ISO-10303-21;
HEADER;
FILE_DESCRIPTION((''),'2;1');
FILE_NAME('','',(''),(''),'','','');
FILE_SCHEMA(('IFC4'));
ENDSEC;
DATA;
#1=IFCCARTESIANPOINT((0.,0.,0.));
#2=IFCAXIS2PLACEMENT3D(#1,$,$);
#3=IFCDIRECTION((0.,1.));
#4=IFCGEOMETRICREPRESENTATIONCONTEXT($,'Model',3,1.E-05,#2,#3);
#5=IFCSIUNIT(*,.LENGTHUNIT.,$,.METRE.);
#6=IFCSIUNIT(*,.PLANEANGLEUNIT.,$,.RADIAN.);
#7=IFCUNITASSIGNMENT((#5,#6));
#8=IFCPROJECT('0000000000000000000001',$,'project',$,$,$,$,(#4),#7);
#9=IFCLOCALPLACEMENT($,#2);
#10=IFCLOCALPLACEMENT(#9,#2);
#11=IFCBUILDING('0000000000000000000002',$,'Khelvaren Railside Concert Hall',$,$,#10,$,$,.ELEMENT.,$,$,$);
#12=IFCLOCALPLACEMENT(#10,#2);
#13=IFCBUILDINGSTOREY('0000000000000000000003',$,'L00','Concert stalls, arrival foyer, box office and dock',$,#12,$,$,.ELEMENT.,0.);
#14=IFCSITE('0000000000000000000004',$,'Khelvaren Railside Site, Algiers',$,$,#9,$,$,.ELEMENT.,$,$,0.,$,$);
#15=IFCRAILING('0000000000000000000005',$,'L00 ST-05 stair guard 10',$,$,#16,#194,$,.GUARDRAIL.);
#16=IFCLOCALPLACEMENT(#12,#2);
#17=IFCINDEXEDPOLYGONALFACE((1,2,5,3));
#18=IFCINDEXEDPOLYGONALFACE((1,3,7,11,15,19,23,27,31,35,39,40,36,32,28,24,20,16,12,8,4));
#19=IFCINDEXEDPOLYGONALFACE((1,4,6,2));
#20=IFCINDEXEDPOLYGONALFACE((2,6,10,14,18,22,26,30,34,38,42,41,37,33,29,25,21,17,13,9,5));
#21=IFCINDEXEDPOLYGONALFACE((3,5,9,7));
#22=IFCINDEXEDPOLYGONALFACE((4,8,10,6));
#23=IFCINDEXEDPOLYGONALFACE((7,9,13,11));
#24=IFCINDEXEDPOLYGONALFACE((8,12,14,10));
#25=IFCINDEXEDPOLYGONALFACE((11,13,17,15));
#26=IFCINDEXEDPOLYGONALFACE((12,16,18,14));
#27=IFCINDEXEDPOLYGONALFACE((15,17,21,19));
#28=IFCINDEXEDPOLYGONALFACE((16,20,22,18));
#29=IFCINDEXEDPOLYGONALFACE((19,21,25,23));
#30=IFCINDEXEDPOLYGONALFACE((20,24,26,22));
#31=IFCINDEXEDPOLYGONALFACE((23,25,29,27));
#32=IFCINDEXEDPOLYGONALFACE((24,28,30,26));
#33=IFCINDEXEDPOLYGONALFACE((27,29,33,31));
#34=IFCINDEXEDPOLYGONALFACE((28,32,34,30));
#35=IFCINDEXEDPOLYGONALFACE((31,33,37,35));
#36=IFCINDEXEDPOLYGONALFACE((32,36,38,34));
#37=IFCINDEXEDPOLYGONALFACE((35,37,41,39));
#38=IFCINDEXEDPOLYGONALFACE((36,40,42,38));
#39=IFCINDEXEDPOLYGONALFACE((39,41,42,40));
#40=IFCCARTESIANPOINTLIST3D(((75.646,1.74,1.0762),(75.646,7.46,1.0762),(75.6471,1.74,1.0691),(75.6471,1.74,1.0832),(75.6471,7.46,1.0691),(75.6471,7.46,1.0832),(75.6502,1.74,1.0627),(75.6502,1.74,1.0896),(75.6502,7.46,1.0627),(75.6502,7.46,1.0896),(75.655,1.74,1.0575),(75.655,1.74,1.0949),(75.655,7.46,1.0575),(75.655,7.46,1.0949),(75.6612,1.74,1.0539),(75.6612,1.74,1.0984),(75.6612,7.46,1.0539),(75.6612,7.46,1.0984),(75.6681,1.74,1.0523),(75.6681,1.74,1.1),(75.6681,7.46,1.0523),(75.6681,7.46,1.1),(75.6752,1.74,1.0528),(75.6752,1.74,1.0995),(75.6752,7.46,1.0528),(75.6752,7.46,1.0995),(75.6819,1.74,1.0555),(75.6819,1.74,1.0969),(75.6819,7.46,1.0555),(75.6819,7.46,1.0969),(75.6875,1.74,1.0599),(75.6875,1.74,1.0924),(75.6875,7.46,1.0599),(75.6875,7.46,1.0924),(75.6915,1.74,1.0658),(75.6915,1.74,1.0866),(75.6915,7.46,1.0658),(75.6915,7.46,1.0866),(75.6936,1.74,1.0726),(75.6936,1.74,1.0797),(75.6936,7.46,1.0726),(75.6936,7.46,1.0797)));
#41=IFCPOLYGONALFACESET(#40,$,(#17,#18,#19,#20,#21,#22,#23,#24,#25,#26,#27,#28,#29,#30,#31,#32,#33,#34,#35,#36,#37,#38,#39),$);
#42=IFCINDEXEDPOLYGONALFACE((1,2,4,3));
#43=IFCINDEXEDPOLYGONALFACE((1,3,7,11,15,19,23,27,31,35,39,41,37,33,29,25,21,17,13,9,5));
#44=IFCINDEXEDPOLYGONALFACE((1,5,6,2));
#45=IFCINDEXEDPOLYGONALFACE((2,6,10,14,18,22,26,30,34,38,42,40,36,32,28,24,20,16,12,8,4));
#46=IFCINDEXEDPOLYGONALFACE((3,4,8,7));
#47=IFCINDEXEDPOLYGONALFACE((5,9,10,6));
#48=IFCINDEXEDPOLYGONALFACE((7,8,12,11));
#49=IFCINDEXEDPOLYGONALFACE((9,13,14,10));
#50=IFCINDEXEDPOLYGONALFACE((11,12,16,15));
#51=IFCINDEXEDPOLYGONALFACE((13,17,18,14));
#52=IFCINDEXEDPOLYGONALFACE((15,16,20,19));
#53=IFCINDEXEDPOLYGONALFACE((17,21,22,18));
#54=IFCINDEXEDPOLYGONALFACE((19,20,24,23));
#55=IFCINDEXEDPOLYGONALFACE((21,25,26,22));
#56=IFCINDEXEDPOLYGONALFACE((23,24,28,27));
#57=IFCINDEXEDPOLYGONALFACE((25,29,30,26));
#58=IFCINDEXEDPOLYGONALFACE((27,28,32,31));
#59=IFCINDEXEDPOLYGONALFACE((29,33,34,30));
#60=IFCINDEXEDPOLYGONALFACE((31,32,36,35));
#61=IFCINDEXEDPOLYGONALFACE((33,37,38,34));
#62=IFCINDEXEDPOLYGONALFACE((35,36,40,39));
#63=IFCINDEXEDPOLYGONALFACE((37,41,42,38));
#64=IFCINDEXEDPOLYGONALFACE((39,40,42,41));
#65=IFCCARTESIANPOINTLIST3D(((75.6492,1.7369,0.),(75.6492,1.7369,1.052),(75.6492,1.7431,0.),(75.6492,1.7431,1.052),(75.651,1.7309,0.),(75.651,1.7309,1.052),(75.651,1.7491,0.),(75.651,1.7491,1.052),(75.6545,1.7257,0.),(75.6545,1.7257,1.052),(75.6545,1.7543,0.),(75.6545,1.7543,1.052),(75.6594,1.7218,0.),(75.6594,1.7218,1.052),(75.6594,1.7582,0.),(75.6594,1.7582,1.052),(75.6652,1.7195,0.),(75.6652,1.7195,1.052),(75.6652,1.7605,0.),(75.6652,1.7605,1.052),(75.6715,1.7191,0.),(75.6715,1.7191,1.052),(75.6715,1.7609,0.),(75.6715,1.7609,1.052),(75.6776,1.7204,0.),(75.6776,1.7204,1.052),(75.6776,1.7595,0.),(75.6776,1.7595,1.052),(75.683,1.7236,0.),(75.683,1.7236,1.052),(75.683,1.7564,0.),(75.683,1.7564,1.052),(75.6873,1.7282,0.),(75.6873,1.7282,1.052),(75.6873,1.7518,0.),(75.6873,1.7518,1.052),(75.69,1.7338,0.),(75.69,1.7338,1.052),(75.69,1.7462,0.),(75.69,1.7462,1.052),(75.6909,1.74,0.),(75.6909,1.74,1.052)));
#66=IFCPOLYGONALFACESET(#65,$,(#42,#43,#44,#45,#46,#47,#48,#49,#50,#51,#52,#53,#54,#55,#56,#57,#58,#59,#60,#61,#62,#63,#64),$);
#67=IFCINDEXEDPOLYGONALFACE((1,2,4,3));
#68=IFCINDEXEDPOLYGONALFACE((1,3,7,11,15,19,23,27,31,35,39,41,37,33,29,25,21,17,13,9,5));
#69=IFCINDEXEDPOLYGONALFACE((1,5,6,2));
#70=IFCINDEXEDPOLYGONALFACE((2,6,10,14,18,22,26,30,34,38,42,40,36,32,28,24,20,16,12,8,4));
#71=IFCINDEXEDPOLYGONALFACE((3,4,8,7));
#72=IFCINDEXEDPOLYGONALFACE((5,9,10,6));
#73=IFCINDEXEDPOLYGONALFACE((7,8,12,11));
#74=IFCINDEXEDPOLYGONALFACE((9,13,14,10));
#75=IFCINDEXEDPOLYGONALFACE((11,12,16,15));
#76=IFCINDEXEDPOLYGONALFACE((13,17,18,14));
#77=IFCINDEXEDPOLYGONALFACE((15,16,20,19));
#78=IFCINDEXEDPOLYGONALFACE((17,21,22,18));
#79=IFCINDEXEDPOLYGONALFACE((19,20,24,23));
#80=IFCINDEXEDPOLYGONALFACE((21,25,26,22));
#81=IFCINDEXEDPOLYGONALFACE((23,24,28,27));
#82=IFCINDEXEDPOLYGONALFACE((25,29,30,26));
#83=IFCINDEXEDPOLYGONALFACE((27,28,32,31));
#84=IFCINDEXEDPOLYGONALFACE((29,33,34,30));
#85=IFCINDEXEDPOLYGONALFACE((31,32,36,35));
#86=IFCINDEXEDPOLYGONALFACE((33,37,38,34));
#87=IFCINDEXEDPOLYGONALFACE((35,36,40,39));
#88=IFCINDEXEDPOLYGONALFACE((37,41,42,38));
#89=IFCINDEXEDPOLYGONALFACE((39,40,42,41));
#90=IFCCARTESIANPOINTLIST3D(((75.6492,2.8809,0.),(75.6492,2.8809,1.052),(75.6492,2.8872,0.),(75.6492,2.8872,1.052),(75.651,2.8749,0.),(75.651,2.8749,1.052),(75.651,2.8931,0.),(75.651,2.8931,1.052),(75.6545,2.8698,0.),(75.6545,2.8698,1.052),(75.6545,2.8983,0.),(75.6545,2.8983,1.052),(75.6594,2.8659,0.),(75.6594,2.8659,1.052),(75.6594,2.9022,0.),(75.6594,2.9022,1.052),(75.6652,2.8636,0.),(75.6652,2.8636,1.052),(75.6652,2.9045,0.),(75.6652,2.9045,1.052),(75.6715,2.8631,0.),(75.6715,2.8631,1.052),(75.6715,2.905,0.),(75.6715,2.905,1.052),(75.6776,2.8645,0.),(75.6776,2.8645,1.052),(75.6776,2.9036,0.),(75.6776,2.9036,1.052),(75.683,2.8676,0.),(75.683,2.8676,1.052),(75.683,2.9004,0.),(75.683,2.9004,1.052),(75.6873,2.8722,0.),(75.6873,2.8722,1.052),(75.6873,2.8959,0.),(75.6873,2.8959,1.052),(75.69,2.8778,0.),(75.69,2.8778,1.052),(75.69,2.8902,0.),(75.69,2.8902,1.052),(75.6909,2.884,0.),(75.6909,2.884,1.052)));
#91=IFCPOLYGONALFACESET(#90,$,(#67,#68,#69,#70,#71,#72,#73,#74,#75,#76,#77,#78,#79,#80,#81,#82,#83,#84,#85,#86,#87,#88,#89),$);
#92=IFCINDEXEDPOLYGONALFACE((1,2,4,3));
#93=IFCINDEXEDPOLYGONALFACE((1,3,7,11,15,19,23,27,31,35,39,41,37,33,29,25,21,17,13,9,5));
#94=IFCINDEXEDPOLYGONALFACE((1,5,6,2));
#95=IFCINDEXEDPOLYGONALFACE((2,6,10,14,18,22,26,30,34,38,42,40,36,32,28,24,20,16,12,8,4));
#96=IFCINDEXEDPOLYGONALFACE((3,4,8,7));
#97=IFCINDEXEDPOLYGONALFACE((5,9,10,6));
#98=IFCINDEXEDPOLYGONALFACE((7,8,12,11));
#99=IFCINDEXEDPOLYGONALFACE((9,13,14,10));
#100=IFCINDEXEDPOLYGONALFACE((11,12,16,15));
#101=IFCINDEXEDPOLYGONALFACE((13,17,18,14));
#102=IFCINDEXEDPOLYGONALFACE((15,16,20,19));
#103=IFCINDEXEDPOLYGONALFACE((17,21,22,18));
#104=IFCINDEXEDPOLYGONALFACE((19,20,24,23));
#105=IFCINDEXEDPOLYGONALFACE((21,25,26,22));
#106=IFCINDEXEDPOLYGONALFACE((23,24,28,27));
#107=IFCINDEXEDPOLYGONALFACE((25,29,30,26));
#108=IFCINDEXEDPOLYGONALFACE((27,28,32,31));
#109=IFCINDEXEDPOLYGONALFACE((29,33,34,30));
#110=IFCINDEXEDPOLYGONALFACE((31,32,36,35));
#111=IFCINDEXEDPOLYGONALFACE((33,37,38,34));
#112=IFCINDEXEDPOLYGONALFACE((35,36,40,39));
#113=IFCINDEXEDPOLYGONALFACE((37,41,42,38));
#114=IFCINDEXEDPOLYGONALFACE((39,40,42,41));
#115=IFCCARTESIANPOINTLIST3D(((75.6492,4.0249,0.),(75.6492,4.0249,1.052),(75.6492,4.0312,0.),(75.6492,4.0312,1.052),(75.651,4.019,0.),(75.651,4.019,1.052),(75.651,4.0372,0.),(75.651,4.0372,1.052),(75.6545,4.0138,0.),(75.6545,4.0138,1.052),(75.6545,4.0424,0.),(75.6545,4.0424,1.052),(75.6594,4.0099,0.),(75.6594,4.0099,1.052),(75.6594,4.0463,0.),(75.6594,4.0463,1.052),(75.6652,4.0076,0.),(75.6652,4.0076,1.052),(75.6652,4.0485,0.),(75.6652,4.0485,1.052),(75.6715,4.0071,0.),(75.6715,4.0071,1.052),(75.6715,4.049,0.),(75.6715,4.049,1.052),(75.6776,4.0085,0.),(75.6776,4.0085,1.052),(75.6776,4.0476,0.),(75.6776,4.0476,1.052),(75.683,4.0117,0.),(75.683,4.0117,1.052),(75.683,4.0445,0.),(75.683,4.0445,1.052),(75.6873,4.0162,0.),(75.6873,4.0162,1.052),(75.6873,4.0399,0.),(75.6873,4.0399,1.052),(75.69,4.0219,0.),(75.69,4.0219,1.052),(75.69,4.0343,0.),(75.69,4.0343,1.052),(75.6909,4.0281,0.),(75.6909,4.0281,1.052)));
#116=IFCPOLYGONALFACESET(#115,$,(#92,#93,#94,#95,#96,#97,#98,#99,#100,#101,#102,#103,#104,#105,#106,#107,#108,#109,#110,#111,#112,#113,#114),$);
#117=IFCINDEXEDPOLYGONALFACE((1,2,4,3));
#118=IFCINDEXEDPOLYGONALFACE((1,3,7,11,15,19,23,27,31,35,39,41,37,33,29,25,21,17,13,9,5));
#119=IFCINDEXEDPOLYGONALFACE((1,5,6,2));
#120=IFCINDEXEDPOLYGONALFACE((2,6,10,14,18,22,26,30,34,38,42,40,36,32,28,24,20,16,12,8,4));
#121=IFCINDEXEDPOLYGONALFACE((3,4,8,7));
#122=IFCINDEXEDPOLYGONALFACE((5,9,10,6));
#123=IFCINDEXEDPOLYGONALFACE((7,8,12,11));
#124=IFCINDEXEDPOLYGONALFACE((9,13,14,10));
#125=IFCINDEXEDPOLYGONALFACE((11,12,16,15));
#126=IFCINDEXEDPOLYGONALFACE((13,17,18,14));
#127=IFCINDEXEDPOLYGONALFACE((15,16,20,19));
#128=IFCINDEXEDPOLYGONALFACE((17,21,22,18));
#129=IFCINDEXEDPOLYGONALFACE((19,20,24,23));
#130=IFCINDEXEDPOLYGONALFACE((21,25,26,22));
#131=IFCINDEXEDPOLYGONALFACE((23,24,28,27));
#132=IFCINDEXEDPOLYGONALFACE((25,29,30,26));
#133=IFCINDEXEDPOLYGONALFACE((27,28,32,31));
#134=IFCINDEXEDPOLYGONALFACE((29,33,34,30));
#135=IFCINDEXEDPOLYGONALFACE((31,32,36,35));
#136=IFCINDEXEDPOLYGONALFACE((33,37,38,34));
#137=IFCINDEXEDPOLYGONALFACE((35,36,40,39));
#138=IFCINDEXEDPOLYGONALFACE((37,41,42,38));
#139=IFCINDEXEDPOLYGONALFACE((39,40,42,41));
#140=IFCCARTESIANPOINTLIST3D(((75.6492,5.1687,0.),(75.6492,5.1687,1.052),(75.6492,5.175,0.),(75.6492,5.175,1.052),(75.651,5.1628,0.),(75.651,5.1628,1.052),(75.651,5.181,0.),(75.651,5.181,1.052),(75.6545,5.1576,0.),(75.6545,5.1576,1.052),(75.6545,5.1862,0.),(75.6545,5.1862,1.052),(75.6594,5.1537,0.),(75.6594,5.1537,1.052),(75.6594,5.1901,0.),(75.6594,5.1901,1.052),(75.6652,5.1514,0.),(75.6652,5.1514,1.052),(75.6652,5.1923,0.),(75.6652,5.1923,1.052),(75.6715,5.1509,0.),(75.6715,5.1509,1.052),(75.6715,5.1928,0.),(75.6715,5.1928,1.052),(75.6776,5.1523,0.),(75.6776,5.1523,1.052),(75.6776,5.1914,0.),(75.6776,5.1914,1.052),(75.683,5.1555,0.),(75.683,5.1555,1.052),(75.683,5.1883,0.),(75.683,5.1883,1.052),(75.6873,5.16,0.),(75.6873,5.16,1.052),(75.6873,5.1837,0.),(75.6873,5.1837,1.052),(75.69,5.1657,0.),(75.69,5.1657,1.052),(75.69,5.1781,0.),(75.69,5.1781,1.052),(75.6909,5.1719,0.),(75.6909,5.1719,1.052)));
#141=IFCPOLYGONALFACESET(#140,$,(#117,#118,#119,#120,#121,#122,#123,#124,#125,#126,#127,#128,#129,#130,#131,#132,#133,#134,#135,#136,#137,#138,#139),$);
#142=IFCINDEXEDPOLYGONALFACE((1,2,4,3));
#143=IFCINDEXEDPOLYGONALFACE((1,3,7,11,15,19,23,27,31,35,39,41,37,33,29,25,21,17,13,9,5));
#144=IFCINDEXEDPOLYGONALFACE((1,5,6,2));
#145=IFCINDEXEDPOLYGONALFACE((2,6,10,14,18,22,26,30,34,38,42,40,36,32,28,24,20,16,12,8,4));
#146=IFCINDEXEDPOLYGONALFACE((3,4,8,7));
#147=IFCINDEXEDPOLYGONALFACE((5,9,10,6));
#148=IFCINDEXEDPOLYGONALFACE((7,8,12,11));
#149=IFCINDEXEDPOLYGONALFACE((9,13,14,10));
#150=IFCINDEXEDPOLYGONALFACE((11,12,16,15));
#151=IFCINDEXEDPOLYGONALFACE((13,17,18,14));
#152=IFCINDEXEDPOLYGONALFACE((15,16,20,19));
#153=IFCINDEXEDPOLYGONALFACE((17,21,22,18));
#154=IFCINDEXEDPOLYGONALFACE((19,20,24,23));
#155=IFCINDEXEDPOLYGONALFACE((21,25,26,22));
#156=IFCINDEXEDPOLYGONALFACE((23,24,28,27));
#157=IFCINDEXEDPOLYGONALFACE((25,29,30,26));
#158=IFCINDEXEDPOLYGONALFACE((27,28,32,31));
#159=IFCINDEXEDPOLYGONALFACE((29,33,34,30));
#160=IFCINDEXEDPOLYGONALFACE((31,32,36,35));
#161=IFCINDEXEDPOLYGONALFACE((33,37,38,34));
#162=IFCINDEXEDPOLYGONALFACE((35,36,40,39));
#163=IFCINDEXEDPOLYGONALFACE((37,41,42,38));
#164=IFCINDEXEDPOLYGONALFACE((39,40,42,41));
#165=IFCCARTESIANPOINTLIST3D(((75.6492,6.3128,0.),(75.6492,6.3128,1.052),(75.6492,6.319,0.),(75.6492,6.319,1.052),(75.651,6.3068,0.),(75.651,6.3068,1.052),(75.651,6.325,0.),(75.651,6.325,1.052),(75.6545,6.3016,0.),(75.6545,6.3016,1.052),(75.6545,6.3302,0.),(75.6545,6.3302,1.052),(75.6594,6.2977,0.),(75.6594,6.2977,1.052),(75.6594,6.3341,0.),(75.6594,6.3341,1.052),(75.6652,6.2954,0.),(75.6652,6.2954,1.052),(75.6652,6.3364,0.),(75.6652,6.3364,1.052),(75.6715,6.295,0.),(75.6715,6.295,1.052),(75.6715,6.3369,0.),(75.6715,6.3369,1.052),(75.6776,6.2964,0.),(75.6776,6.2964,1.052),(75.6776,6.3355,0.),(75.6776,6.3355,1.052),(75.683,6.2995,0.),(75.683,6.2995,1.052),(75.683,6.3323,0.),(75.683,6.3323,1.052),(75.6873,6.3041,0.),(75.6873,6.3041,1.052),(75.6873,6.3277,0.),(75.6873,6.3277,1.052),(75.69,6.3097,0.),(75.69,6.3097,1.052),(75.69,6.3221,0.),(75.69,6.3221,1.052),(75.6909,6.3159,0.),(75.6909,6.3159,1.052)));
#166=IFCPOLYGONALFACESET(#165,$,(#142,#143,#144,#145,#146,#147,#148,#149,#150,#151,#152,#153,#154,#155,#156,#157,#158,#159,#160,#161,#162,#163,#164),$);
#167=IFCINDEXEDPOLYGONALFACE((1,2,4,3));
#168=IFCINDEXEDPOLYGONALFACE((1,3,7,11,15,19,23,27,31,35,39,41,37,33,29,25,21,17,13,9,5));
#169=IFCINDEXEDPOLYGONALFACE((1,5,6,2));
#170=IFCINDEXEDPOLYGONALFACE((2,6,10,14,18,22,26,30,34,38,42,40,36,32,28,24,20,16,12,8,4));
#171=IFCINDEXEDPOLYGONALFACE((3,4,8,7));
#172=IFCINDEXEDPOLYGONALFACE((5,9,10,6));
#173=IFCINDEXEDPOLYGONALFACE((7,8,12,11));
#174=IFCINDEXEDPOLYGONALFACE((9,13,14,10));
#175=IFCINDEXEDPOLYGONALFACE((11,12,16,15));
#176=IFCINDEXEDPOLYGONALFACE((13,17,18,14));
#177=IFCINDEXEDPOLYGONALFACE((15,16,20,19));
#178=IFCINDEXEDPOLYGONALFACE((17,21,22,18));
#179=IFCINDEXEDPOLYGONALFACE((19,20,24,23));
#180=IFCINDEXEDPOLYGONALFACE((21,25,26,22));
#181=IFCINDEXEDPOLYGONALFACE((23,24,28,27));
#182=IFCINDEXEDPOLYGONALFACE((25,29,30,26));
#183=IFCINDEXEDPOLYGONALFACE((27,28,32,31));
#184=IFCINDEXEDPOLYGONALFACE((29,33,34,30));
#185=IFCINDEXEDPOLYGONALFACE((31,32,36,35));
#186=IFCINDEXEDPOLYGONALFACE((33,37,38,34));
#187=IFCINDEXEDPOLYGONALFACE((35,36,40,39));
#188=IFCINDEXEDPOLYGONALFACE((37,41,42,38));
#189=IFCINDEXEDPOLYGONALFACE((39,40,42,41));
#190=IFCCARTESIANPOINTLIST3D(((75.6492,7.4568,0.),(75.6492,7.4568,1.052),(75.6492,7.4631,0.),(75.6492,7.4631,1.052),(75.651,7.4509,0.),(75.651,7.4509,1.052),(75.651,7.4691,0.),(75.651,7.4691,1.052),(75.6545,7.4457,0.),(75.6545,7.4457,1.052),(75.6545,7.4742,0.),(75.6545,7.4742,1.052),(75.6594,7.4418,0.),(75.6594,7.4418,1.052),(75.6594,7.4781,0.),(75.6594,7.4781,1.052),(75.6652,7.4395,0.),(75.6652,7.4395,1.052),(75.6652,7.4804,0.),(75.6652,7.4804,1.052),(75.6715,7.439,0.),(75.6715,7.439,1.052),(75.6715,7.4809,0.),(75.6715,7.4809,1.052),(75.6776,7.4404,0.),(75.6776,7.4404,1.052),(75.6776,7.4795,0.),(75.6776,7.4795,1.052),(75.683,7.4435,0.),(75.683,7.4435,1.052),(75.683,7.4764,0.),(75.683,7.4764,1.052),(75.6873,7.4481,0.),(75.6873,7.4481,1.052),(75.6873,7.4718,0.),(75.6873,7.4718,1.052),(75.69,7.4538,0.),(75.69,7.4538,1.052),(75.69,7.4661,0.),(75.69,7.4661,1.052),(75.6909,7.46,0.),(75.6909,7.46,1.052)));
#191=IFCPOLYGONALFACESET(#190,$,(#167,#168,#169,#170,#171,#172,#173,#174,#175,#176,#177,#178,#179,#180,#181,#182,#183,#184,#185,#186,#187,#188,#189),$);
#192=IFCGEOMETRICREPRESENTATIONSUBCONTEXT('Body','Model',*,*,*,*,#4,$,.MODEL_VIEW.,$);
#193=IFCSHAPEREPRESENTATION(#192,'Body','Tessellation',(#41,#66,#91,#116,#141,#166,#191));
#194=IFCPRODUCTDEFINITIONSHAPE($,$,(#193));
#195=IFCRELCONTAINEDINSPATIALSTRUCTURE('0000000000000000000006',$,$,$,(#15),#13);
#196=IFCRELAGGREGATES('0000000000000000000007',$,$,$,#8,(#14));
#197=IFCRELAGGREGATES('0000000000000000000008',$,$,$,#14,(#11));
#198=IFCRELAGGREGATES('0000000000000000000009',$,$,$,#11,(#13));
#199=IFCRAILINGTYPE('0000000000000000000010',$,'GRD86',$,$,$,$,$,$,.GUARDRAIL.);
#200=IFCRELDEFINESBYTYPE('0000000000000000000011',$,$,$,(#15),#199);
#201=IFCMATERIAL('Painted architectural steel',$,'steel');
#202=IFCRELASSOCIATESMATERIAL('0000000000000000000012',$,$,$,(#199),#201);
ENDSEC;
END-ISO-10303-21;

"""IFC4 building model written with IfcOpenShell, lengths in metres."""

from ifc_helpers import new_model, si_unit, direction, frame, origin, origin_2d, place, context, subcontext, project, spatial, circle, extrude, material, type_object, element, save


model = new_model("IFC4")

# Units and contexts
model_context = context("Model", 3, precision=1e-05, world=origin(), true_north=direction((0.0, 1.0)))
body_context = subcontext(model_context, "Body", "Model", "MODEL_VIEW")
ifc_project = project(units=[si_unit("LENGTHUNIT", "METRE"), si_unit("PLANEANGLEUNIT", "RADIAN")], contexts=[model_context])

# Site, building, storey
site_placement = place(None, origin())
site = spatial("IfcSite", under=ifc_project, at=site_placement, Name="Khelvaren Railside Site, Algiers", CompositionType="ELEMENT", RefElevation=0.0)
building_placement = place(site_placement, origin())
building = spatial("IfcBuilding", under=site, at=building_placement, Name="Khelvaren Railside Concert Hall", CompositionType="ELEMENT")
storey_placement = place(building_placement, origin())
storey = spatial("IfcBuildingStorey", under=building, at=storey_placement, Name="L00", Description="Concert stalls, arrival foyer, box office and dock", CompositionType="ELEMENT", Elevation=0.0)

# Railing
ifc_material_1 = material(Name="Painted architectural steel", Category="steel")
railing_type_1 = type_object("IfcRailingType", Name="GRD86", PredefinedType="GUARDRAIL", material=ifc_material_1)
railing_1_placement = place(storey_placement, frame((75.6699, 1.74, 0.0)))
element("IfcRailing", 1, at=railing_1_placement, inside=storey, type_object=railing_type_1, Name="L00 ST-05 stair guard 10", PredefinedType="GUARDRAIL", context=body_context, shape_type="SweptSolid", body=[
    extrude(circle(Radius=0.0239, at=origin_2d()), frame((0.0, 0.0, 1.0762), z_axis=(0.0, 1.0, 0.0), x_axis=(-1.0, 0.0, 0.0)), (0.0, 0.0, 1.0), 5.72),
    extrude(circle(Radius=0.021, at=origin_2d()), origin(), (0.0, 0.0, 1.0), 1.052),
    extrude(circle(Radius=0.021, at=origin_2d()), frame((0.0, 1.144, 0.0)), (0.0, 0.0, 1.0), 1.052),
    extrude(circle(Radius=0.021, at=origin_2d()), frame((0.0, 2.2881, 0.0)), (0.0, 0.0, 1.0), 1.052),
    extrude(circle(Radius=0.021, at=origin_2d()), frame((0.0, 3.4319, 0.0)), (0.0, 0.0, 1.0), 1.052),
    extrude(circle(Radius=0.021, at=origin_2d()), frame((0.0, 4.5759, 0.0)), (0.0, 0.0, 1.0), 1.052),
    extrude(circle(Radius=0.021, at=origin_2d()), frame((0.0, 5.72, 0.0)), (0.0, 0.0, 1.0), 1.052),
])

save(model, "model.ifc")
